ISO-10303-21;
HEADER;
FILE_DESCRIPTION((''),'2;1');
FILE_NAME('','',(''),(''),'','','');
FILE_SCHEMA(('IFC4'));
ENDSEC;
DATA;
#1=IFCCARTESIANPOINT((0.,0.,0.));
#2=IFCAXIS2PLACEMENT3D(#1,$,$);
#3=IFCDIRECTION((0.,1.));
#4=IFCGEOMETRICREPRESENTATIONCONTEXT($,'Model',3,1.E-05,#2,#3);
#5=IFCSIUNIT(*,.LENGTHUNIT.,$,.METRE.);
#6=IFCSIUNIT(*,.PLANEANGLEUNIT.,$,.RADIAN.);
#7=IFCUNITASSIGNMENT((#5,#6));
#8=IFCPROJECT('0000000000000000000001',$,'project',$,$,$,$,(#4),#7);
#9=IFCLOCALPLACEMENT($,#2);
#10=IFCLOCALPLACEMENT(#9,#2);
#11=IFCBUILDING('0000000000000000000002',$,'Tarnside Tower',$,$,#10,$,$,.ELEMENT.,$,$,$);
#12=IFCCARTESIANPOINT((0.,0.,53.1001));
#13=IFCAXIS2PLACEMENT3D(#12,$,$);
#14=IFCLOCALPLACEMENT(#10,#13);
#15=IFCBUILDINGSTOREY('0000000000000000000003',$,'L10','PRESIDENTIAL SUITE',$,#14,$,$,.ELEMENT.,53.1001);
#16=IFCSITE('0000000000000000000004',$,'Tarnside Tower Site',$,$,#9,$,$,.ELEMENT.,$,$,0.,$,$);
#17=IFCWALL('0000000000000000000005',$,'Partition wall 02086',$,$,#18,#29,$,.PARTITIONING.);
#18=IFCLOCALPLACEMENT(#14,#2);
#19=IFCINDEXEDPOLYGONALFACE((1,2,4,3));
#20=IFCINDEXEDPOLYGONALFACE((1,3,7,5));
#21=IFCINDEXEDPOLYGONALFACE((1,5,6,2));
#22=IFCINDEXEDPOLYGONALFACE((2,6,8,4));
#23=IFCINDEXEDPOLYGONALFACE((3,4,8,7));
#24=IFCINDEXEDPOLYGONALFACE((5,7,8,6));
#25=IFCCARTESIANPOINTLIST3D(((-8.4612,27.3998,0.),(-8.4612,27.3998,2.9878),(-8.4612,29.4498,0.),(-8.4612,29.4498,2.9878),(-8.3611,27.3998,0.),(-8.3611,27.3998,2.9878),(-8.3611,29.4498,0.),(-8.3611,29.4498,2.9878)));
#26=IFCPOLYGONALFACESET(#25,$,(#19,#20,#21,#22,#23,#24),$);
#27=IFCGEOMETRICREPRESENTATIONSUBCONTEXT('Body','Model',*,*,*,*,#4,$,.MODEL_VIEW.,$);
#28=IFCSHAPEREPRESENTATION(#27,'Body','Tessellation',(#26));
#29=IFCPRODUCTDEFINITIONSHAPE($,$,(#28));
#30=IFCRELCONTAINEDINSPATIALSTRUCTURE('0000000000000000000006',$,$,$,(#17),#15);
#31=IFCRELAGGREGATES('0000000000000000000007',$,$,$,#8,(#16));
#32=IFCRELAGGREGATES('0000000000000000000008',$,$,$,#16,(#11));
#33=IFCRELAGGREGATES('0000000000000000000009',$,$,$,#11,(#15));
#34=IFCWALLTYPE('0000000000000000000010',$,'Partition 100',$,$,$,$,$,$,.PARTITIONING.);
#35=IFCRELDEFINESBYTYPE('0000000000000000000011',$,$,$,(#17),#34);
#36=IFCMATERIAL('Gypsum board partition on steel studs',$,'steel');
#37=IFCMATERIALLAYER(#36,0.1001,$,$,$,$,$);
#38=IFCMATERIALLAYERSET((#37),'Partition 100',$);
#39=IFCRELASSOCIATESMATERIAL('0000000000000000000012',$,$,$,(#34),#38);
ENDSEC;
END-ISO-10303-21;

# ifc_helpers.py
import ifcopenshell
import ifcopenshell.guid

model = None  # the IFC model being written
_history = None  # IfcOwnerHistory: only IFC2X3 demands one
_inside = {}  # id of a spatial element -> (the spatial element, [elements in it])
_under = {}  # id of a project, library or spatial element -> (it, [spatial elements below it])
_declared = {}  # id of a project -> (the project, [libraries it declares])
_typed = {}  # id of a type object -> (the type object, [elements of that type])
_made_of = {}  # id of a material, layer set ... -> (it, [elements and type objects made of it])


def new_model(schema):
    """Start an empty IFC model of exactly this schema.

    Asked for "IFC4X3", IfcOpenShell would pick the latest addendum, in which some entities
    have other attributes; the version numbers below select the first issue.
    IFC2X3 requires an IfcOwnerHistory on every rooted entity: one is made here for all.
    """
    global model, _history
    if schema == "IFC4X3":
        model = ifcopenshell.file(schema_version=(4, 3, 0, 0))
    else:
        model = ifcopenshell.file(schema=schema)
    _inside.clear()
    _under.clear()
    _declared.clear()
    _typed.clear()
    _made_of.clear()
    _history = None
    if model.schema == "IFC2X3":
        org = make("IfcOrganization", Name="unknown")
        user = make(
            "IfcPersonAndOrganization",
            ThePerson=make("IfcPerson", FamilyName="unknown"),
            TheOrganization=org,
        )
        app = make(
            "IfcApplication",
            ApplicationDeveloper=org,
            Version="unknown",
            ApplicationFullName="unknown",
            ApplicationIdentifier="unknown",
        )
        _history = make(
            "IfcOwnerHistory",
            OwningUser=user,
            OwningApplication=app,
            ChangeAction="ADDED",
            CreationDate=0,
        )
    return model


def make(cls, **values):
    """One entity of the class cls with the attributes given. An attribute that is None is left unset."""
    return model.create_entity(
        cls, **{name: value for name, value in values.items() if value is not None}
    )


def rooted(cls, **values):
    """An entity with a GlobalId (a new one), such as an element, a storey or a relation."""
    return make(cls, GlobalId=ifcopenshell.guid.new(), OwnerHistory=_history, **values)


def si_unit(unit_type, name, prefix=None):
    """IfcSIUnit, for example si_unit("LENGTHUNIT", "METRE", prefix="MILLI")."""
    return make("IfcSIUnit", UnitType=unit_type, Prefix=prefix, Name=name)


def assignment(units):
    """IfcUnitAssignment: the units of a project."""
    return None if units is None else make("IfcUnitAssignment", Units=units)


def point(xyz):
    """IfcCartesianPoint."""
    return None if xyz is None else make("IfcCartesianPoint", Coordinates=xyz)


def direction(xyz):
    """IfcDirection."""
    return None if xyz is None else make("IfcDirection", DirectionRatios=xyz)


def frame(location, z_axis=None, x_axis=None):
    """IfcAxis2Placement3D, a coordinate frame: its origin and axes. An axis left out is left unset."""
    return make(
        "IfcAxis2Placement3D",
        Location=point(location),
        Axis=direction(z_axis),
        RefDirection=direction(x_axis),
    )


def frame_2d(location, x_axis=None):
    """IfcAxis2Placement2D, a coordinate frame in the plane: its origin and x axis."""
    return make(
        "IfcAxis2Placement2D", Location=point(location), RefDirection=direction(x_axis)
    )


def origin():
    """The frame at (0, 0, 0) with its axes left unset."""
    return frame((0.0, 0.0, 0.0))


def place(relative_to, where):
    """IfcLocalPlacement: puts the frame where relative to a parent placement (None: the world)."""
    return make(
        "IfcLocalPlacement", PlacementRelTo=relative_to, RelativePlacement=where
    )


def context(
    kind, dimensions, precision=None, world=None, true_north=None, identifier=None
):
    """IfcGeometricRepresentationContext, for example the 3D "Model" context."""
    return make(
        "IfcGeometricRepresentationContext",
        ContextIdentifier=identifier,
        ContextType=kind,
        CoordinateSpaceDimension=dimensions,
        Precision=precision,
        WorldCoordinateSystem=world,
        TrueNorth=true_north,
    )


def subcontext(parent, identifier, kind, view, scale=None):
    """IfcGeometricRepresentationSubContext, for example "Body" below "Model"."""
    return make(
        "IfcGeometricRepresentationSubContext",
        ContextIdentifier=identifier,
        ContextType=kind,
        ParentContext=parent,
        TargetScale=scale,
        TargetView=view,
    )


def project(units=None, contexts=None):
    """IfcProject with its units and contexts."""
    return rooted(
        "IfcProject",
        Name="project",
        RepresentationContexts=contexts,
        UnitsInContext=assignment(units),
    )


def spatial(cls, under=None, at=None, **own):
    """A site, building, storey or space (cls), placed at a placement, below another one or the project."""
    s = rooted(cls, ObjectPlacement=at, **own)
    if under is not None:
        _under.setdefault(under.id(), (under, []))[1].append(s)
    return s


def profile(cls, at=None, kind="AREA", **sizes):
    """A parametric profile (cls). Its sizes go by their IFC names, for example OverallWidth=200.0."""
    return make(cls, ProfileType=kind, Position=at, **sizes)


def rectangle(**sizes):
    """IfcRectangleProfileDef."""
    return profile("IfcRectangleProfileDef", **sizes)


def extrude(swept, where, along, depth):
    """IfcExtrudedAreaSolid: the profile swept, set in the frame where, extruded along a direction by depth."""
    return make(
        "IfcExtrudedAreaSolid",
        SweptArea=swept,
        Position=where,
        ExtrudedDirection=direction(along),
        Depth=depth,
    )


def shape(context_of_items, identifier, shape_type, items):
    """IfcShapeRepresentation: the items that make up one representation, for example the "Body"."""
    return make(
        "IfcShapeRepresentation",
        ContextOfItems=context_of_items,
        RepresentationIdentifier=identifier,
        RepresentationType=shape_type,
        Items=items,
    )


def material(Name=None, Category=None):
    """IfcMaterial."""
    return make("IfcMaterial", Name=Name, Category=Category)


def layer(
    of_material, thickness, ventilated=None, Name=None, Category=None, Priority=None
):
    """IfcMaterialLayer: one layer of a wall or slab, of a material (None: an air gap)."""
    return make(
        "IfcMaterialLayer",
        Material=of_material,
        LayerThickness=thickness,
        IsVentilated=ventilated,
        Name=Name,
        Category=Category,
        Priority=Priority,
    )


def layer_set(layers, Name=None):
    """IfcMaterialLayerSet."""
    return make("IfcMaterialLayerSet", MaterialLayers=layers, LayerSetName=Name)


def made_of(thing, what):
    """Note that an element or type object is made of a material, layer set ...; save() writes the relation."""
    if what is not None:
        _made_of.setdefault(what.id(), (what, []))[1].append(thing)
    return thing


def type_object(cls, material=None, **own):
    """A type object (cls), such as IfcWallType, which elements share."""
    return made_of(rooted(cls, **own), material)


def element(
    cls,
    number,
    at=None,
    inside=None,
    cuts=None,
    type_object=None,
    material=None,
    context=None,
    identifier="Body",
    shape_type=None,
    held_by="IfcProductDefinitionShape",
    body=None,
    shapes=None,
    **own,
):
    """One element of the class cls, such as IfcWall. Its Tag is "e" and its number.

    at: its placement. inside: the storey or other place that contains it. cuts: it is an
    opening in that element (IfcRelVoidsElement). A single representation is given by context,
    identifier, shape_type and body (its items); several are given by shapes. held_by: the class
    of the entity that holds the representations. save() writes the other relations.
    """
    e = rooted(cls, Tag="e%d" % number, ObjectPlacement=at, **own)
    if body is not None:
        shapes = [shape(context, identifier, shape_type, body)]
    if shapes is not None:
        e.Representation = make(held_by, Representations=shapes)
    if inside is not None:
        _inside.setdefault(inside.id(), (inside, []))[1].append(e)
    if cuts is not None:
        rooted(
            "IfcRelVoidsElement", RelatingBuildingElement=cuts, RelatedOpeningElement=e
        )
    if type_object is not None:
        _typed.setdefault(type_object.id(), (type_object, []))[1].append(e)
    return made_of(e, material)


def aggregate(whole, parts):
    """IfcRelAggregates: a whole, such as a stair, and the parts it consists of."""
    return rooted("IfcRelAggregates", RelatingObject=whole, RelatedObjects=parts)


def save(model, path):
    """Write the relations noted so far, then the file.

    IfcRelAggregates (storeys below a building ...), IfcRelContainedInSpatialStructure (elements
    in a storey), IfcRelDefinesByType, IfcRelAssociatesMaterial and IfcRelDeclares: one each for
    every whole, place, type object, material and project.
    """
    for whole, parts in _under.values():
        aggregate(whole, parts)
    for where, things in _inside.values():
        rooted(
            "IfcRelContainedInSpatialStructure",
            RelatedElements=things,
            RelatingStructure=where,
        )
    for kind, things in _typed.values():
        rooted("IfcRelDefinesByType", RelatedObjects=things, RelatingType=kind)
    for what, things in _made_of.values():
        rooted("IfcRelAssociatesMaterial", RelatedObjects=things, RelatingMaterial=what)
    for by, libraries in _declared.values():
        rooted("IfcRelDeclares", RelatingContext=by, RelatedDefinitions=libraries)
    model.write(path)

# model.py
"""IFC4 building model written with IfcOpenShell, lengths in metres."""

from ifc_helpers import new_model, si_unit, direction, frame, frame_2d, origin, place, context, subcontext, project, spatial, rectangle, extrude, material, layer, layer_set, type_object, element, save


model = new_model("IFC4")

# Units and contexts
model_context = context("Model", 3, precision=1e-05, world=origin(), true_north=direction((0.0, 1.0)))
body_context = subcontext(model_context, "Body", "Model", "MODEL_VIEW")
ifc_project = project(units=[si_unit("LENGTHUNIT", "METRE"), si_unit("PLANEANGLEUNIT", "RADIAN")], contexts=[model_context])

# Site, building, storey
site_placement = place(None, origin())
site = spatial("IfcSite", under=ifc_project, at=site_placement, Name="Tarnside Tower Site", CompositionType="ELEMENT", RefElevation=0.0)
building_placement = place(site_placement, origin())
building = spatial("IfcBuilding", under=site, at=building_placement, Name="Tarnside Tower", CompositionType="ELEMENT")
storey_placement = place(building_placement, frame((0.0, 0.0, 53.1001)))
storey = spatial("IfcBuildingStorey", under=building, at=storey_placement, Name="L10", Description="PRESIDENTIAL SUITE", CompositionType="ELEMENT", Elevation=53.1001)

# Shared definitions
ifc_material_1 = material(Name="Gypsum board partition on steel studs", Category="steel")

# Shared definitions
ifc_layer_1 = layer(ifc_material_1, 0.1001)
ifc_layer_set_1 = layer_set([ifc_layer_1], Name="Partition 100")
wall_type_1 = type_object("IfcWallType", Name="Partition 100", PredefinedType="PARTITIONING", material=ifc_layer_set_1)

# Wall
wall_1_placement = place(storey_placement, frame((-8.4111, 27.3999, 0.0), z_axis=(0.0, 0.0, 1.0), x_axis=(0.0, 1.0, 0.0)))
element("IfcWall", 1, at=wall_1_placement, inside=storey, type_object=wall_type_1, Name="Partition wall 02086", PredefinedType="PARTITIONING", context=body_context, shape_type="SweptSolid", body=[
    extrude(rectangle(XDim=2.05, YDim=0.1001, at=frame_2d((1.0249, 0.0))), origin(), (0.0, 0.0, 1.0), 2.9878),
])

save(model, "model.ifc")
